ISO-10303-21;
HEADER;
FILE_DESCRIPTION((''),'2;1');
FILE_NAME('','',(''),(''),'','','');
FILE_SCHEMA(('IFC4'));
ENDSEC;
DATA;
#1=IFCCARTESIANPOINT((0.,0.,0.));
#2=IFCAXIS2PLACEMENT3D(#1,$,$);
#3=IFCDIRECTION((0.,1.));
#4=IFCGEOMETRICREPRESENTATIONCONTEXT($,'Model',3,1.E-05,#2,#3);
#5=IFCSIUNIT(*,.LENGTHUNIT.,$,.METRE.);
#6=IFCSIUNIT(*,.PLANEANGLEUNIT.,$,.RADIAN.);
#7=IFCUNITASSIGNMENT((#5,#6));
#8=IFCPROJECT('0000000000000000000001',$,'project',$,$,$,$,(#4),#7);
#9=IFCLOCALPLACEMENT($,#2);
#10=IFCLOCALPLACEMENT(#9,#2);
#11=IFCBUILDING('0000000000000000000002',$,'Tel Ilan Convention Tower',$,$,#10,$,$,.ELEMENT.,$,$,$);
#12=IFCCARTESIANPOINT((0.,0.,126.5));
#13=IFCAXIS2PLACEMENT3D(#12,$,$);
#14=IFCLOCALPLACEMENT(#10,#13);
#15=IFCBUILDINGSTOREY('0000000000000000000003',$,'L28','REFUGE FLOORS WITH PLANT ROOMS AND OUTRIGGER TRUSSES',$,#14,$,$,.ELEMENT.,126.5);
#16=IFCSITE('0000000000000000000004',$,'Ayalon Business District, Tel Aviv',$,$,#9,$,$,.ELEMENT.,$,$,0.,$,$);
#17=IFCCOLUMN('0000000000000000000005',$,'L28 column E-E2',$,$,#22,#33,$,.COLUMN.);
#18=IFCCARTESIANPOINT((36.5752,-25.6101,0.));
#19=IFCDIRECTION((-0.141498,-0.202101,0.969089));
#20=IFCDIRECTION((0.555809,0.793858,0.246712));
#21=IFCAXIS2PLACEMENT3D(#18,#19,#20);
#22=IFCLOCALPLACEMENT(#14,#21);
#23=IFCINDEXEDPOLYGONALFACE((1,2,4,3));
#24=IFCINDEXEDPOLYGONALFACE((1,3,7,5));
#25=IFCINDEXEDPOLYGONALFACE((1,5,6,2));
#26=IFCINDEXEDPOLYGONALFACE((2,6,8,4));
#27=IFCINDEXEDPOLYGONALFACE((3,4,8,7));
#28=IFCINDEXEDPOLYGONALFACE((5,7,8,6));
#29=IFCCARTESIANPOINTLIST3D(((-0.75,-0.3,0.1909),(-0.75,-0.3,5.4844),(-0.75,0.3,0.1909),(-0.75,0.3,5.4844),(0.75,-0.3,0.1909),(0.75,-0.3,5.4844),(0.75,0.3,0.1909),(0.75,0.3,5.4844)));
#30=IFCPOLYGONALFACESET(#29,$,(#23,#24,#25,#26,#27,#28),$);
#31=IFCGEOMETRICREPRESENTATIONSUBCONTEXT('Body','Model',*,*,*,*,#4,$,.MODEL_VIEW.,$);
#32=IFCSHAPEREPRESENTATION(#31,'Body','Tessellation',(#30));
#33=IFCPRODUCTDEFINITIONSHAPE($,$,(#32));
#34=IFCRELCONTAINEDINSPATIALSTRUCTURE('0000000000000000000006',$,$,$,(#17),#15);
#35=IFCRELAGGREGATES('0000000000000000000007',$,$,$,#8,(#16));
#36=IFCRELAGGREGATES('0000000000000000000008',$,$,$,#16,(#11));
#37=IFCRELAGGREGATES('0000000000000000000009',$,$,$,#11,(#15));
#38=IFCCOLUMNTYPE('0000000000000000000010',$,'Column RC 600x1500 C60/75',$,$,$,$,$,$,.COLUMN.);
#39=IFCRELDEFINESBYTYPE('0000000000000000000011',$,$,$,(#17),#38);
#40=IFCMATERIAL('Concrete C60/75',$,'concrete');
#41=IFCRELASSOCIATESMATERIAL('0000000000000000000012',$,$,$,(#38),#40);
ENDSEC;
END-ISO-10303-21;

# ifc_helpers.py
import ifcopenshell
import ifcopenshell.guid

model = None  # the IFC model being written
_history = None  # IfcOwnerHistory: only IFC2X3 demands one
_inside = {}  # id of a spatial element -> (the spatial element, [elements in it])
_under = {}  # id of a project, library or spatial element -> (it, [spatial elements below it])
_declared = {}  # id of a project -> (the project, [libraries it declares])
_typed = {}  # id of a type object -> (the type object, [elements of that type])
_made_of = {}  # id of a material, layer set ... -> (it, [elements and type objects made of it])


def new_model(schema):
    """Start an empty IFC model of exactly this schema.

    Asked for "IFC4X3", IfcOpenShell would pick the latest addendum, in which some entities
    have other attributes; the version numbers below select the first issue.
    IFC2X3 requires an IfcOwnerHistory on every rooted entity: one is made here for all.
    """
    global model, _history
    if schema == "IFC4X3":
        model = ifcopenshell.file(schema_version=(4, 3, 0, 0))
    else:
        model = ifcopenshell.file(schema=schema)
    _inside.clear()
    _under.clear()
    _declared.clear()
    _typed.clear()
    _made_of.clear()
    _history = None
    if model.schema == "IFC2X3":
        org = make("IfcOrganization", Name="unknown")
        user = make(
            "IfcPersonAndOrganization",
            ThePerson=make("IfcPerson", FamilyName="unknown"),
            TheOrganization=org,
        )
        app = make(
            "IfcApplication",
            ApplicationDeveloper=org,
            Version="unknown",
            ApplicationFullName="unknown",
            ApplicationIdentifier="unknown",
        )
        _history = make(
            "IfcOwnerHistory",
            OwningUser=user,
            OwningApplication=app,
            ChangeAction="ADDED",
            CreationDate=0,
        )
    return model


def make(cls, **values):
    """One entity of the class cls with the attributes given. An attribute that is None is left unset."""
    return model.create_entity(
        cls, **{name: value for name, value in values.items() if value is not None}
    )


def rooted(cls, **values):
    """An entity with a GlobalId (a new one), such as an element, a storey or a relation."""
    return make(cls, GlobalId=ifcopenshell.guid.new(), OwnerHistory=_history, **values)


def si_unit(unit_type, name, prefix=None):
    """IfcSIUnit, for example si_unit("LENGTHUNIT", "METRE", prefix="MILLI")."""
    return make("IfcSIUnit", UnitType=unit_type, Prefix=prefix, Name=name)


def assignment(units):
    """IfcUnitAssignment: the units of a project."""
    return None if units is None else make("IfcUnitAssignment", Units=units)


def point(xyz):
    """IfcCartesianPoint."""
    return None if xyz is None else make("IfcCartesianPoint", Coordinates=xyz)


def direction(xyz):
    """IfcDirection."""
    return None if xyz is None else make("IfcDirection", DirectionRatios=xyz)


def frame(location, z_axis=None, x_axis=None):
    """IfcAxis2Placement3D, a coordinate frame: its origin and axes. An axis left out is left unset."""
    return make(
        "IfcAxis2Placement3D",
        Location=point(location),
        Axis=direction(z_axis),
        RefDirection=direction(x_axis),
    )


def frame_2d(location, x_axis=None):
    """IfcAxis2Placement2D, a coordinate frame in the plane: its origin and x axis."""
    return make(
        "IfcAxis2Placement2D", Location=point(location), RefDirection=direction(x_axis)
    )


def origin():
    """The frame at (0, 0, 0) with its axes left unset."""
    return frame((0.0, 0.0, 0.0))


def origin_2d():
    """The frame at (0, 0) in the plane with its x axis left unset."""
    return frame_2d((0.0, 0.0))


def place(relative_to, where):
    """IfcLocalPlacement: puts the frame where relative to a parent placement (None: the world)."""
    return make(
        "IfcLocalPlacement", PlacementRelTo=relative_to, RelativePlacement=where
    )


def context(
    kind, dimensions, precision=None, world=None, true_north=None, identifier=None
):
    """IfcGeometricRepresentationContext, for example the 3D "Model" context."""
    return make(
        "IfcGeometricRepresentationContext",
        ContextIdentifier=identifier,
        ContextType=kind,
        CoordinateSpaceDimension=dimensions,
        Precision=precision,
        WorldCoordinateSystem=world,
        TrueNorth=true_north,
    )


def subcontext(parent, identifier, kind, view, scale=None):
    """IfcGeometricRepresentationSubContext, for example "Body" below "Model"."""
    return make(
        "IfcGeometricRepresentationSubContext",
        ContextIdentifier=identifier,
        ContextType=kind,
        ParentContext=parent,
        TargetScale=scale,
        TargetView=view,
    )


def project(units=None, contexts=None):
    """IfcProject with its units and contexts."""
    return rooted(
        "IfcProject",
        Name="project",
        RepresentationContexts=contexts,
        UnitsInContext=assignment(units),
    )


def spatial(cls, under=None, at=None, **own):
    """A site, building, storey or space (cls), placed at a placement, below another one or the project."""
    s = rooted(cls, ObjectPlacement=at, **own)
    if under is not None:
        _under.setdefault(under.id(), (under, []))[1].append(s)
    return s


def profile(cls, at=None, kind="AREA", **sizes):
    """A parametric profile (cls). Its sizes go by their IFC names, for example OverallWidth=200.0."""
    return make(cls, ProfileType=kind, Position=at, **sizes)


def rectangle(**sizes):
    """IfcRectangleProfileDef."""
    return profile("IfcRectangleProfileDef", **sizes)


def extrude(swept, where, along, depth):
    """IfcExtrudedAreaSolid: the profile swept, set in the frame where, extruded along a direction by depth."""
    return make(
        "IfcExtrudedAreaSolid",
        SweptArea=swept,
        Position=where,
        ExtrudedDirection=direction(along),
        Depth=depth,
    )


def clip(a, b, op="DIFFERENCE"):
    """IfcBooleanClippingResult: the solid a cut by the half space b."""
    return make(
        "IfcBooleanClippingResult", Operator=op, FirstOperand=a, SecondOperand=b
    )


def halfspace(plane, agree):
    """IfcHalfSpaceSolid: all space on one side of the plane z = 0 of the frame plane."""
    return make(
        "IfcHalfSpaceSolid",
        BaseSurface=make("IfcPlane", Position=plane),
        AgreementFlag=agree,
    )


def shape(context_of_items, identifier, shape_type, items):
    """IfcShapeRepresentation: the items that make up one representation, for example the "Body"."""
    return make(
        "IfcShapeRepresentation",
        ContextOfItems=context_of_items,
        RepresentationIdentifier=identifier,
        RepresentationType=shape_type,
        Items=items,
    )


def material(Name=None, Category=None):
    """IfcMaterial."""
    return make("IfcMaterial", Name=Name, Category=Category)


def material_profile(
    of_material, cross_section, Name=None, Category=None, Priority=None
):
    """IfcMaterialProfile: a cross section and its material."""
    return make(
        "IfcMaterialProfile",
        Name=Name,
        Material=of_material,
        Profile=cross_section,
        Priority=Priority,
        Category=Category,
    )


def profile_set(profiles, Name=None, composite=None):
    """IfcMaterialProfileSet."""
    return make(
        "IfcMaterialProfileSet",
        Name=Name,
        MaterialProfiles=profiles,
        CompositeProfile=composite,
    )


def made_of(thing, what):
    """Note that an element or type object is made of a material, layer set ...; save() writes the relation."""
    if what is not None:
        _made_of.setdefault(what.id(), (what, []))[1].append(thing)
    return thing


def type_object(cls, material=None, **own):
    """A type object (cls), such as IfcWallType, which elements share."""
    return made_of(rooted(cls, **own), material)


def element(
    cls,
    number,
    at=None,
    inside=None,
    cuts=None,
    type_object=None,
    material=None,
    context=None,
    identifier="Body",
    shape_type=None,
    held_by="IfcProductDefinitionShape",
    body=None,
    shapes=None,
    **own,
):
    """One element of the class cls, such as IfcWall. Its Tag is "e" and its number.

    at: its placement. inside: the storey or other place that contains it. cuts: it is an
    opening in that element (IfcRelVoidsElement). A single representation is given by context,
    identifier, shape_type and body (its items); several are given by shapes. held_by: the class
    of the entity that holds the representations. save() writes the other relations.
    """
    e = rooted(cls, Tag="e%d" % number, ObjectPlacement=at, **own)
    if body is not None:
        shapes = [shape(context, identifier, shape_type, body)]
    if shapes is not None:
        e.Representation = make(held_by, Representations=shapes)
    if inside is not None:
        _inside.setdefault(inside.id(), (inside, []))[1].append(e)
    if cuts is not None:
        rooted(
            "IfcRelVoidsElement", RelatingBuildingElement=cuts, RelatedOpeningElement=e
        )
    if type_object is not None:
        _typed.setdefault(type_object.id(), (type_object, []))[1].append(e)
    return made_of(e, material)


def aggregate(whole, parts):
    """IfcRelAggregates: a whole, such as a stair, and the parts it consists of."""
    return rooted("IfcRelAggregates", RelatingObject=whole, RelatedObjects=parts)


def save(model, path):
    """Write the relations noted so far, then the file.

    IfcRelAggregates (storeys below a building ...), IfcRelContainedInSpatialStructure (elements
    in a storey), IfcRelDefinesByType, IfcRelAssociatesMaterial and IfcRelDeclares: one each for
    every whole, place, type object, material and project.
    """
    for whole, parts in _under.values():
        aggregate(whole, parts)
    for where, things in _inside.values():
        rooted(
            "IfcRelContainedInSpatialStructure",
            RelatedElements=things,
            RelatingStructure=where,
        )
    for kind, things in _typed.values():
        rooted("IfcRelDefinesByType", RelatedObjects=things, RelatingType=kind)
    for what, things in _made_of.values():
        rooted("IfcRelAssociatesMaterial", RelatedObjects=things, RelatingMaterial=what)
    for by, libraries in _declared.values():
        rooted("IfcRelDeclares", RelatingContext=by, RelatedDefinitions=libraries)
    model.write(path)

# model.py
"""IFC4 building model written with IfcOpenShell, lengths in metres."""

from ifc_helpers import new_model, si_unit, direction, frame, origin, origin_2d, place, context, subcontext, project, spatial, rectangle, extrude, clip, halfspace, material, material_profile, profile_set, type_object, element, save


model = new_model("IFC4")

# Units and contexts
model_context = context("Model", 3, precision=1e-05, world=origin(), true_north=direction((0.0, 1.0)))
body_context = subcontext(model_context, "Body", "Model", "MODEL_VIEW")
ifc_project = project(units=[si_unit("LENGTHUNIT", "METRE"), si_unit("PLANEANGLEUNIT", "RADIAN")], contexts=[model_context])

# Site, building, storey
site_placement = place(None, origin())
site = spatial("IfcSite", under=ifc_project, at=site_placement, Name="Ayalon Business District, Tel Aviv", CompositionType="ELEMENT", RefElevation=0.0)
building_placement = place(site_placement, origin())
building = spatial("IfcBuilding", under=site, at=building_placement, Name="Tel Ilan Convention Tower", CompositionType="ELEMENT")
storey_placement = place(building_placement, frame((0.0, 0.0, 126.5)))
storey = spatial("IfcBuildingStorey", under=building, at=storey_placement, Name="L28", Description="REFUGE FLOORS WITH PLANT ROOMS AND OUTRIGGER TRUSSES", CompositionType="ELEMENT", Elevation=126.5)

# Column
ifc_material_1 = material(Name="Concrete C60/75", Category="concrete")
ifc_material_profile_1 = material_profile(ifc_material_1, rectangle(XDim=1.5, YDim=0.6001, at=origin_2d()), Name="RC 600x1500")
ifc_profile_set_1 = profile_set([ifc_material_profile_1], Name="Concrete C60/75")
column_type_1 = type_object("IfcColumnType", Name="Column RC 600x1500 C60/75", PredefinedType="COLUMN", material=ifc_profile_set_1)
column_1_placement = place(storey_placement, frame((36.5752, -25.6101, 0.0), z_axis=(-0.141498, -0.202101, 0.969089), x_axis=(0.555809, 0.793858, 0.246712)))
element("IfcColumn", 1, at=column_1_placement, inside=storey, type_object=column_type_1, Name="L28 column E-E2", PredefinedType="COLUMN", context=body_context, shape_type="Clipping", body=[
    clip(clip(extrude(rectangle(XDim=1.5, YDim=0.6001, at=origin_2d()), origin(), (0.0, 0.0, 1.0), 5.6753), halfspace(frame((0.0, 0.0, 0.1909), z_axis=(0.0, 0.0, 1.0), x_axis=(1.0, 0.0, 0.0)), True)), halfspace(frame((0.0, 0.0, 5.4844), z_axis=(0.0, 0.0, 1.0), x_axis=(1.0, 0.0, 0.0)), False)),
])

save(model, "model.ifc")
